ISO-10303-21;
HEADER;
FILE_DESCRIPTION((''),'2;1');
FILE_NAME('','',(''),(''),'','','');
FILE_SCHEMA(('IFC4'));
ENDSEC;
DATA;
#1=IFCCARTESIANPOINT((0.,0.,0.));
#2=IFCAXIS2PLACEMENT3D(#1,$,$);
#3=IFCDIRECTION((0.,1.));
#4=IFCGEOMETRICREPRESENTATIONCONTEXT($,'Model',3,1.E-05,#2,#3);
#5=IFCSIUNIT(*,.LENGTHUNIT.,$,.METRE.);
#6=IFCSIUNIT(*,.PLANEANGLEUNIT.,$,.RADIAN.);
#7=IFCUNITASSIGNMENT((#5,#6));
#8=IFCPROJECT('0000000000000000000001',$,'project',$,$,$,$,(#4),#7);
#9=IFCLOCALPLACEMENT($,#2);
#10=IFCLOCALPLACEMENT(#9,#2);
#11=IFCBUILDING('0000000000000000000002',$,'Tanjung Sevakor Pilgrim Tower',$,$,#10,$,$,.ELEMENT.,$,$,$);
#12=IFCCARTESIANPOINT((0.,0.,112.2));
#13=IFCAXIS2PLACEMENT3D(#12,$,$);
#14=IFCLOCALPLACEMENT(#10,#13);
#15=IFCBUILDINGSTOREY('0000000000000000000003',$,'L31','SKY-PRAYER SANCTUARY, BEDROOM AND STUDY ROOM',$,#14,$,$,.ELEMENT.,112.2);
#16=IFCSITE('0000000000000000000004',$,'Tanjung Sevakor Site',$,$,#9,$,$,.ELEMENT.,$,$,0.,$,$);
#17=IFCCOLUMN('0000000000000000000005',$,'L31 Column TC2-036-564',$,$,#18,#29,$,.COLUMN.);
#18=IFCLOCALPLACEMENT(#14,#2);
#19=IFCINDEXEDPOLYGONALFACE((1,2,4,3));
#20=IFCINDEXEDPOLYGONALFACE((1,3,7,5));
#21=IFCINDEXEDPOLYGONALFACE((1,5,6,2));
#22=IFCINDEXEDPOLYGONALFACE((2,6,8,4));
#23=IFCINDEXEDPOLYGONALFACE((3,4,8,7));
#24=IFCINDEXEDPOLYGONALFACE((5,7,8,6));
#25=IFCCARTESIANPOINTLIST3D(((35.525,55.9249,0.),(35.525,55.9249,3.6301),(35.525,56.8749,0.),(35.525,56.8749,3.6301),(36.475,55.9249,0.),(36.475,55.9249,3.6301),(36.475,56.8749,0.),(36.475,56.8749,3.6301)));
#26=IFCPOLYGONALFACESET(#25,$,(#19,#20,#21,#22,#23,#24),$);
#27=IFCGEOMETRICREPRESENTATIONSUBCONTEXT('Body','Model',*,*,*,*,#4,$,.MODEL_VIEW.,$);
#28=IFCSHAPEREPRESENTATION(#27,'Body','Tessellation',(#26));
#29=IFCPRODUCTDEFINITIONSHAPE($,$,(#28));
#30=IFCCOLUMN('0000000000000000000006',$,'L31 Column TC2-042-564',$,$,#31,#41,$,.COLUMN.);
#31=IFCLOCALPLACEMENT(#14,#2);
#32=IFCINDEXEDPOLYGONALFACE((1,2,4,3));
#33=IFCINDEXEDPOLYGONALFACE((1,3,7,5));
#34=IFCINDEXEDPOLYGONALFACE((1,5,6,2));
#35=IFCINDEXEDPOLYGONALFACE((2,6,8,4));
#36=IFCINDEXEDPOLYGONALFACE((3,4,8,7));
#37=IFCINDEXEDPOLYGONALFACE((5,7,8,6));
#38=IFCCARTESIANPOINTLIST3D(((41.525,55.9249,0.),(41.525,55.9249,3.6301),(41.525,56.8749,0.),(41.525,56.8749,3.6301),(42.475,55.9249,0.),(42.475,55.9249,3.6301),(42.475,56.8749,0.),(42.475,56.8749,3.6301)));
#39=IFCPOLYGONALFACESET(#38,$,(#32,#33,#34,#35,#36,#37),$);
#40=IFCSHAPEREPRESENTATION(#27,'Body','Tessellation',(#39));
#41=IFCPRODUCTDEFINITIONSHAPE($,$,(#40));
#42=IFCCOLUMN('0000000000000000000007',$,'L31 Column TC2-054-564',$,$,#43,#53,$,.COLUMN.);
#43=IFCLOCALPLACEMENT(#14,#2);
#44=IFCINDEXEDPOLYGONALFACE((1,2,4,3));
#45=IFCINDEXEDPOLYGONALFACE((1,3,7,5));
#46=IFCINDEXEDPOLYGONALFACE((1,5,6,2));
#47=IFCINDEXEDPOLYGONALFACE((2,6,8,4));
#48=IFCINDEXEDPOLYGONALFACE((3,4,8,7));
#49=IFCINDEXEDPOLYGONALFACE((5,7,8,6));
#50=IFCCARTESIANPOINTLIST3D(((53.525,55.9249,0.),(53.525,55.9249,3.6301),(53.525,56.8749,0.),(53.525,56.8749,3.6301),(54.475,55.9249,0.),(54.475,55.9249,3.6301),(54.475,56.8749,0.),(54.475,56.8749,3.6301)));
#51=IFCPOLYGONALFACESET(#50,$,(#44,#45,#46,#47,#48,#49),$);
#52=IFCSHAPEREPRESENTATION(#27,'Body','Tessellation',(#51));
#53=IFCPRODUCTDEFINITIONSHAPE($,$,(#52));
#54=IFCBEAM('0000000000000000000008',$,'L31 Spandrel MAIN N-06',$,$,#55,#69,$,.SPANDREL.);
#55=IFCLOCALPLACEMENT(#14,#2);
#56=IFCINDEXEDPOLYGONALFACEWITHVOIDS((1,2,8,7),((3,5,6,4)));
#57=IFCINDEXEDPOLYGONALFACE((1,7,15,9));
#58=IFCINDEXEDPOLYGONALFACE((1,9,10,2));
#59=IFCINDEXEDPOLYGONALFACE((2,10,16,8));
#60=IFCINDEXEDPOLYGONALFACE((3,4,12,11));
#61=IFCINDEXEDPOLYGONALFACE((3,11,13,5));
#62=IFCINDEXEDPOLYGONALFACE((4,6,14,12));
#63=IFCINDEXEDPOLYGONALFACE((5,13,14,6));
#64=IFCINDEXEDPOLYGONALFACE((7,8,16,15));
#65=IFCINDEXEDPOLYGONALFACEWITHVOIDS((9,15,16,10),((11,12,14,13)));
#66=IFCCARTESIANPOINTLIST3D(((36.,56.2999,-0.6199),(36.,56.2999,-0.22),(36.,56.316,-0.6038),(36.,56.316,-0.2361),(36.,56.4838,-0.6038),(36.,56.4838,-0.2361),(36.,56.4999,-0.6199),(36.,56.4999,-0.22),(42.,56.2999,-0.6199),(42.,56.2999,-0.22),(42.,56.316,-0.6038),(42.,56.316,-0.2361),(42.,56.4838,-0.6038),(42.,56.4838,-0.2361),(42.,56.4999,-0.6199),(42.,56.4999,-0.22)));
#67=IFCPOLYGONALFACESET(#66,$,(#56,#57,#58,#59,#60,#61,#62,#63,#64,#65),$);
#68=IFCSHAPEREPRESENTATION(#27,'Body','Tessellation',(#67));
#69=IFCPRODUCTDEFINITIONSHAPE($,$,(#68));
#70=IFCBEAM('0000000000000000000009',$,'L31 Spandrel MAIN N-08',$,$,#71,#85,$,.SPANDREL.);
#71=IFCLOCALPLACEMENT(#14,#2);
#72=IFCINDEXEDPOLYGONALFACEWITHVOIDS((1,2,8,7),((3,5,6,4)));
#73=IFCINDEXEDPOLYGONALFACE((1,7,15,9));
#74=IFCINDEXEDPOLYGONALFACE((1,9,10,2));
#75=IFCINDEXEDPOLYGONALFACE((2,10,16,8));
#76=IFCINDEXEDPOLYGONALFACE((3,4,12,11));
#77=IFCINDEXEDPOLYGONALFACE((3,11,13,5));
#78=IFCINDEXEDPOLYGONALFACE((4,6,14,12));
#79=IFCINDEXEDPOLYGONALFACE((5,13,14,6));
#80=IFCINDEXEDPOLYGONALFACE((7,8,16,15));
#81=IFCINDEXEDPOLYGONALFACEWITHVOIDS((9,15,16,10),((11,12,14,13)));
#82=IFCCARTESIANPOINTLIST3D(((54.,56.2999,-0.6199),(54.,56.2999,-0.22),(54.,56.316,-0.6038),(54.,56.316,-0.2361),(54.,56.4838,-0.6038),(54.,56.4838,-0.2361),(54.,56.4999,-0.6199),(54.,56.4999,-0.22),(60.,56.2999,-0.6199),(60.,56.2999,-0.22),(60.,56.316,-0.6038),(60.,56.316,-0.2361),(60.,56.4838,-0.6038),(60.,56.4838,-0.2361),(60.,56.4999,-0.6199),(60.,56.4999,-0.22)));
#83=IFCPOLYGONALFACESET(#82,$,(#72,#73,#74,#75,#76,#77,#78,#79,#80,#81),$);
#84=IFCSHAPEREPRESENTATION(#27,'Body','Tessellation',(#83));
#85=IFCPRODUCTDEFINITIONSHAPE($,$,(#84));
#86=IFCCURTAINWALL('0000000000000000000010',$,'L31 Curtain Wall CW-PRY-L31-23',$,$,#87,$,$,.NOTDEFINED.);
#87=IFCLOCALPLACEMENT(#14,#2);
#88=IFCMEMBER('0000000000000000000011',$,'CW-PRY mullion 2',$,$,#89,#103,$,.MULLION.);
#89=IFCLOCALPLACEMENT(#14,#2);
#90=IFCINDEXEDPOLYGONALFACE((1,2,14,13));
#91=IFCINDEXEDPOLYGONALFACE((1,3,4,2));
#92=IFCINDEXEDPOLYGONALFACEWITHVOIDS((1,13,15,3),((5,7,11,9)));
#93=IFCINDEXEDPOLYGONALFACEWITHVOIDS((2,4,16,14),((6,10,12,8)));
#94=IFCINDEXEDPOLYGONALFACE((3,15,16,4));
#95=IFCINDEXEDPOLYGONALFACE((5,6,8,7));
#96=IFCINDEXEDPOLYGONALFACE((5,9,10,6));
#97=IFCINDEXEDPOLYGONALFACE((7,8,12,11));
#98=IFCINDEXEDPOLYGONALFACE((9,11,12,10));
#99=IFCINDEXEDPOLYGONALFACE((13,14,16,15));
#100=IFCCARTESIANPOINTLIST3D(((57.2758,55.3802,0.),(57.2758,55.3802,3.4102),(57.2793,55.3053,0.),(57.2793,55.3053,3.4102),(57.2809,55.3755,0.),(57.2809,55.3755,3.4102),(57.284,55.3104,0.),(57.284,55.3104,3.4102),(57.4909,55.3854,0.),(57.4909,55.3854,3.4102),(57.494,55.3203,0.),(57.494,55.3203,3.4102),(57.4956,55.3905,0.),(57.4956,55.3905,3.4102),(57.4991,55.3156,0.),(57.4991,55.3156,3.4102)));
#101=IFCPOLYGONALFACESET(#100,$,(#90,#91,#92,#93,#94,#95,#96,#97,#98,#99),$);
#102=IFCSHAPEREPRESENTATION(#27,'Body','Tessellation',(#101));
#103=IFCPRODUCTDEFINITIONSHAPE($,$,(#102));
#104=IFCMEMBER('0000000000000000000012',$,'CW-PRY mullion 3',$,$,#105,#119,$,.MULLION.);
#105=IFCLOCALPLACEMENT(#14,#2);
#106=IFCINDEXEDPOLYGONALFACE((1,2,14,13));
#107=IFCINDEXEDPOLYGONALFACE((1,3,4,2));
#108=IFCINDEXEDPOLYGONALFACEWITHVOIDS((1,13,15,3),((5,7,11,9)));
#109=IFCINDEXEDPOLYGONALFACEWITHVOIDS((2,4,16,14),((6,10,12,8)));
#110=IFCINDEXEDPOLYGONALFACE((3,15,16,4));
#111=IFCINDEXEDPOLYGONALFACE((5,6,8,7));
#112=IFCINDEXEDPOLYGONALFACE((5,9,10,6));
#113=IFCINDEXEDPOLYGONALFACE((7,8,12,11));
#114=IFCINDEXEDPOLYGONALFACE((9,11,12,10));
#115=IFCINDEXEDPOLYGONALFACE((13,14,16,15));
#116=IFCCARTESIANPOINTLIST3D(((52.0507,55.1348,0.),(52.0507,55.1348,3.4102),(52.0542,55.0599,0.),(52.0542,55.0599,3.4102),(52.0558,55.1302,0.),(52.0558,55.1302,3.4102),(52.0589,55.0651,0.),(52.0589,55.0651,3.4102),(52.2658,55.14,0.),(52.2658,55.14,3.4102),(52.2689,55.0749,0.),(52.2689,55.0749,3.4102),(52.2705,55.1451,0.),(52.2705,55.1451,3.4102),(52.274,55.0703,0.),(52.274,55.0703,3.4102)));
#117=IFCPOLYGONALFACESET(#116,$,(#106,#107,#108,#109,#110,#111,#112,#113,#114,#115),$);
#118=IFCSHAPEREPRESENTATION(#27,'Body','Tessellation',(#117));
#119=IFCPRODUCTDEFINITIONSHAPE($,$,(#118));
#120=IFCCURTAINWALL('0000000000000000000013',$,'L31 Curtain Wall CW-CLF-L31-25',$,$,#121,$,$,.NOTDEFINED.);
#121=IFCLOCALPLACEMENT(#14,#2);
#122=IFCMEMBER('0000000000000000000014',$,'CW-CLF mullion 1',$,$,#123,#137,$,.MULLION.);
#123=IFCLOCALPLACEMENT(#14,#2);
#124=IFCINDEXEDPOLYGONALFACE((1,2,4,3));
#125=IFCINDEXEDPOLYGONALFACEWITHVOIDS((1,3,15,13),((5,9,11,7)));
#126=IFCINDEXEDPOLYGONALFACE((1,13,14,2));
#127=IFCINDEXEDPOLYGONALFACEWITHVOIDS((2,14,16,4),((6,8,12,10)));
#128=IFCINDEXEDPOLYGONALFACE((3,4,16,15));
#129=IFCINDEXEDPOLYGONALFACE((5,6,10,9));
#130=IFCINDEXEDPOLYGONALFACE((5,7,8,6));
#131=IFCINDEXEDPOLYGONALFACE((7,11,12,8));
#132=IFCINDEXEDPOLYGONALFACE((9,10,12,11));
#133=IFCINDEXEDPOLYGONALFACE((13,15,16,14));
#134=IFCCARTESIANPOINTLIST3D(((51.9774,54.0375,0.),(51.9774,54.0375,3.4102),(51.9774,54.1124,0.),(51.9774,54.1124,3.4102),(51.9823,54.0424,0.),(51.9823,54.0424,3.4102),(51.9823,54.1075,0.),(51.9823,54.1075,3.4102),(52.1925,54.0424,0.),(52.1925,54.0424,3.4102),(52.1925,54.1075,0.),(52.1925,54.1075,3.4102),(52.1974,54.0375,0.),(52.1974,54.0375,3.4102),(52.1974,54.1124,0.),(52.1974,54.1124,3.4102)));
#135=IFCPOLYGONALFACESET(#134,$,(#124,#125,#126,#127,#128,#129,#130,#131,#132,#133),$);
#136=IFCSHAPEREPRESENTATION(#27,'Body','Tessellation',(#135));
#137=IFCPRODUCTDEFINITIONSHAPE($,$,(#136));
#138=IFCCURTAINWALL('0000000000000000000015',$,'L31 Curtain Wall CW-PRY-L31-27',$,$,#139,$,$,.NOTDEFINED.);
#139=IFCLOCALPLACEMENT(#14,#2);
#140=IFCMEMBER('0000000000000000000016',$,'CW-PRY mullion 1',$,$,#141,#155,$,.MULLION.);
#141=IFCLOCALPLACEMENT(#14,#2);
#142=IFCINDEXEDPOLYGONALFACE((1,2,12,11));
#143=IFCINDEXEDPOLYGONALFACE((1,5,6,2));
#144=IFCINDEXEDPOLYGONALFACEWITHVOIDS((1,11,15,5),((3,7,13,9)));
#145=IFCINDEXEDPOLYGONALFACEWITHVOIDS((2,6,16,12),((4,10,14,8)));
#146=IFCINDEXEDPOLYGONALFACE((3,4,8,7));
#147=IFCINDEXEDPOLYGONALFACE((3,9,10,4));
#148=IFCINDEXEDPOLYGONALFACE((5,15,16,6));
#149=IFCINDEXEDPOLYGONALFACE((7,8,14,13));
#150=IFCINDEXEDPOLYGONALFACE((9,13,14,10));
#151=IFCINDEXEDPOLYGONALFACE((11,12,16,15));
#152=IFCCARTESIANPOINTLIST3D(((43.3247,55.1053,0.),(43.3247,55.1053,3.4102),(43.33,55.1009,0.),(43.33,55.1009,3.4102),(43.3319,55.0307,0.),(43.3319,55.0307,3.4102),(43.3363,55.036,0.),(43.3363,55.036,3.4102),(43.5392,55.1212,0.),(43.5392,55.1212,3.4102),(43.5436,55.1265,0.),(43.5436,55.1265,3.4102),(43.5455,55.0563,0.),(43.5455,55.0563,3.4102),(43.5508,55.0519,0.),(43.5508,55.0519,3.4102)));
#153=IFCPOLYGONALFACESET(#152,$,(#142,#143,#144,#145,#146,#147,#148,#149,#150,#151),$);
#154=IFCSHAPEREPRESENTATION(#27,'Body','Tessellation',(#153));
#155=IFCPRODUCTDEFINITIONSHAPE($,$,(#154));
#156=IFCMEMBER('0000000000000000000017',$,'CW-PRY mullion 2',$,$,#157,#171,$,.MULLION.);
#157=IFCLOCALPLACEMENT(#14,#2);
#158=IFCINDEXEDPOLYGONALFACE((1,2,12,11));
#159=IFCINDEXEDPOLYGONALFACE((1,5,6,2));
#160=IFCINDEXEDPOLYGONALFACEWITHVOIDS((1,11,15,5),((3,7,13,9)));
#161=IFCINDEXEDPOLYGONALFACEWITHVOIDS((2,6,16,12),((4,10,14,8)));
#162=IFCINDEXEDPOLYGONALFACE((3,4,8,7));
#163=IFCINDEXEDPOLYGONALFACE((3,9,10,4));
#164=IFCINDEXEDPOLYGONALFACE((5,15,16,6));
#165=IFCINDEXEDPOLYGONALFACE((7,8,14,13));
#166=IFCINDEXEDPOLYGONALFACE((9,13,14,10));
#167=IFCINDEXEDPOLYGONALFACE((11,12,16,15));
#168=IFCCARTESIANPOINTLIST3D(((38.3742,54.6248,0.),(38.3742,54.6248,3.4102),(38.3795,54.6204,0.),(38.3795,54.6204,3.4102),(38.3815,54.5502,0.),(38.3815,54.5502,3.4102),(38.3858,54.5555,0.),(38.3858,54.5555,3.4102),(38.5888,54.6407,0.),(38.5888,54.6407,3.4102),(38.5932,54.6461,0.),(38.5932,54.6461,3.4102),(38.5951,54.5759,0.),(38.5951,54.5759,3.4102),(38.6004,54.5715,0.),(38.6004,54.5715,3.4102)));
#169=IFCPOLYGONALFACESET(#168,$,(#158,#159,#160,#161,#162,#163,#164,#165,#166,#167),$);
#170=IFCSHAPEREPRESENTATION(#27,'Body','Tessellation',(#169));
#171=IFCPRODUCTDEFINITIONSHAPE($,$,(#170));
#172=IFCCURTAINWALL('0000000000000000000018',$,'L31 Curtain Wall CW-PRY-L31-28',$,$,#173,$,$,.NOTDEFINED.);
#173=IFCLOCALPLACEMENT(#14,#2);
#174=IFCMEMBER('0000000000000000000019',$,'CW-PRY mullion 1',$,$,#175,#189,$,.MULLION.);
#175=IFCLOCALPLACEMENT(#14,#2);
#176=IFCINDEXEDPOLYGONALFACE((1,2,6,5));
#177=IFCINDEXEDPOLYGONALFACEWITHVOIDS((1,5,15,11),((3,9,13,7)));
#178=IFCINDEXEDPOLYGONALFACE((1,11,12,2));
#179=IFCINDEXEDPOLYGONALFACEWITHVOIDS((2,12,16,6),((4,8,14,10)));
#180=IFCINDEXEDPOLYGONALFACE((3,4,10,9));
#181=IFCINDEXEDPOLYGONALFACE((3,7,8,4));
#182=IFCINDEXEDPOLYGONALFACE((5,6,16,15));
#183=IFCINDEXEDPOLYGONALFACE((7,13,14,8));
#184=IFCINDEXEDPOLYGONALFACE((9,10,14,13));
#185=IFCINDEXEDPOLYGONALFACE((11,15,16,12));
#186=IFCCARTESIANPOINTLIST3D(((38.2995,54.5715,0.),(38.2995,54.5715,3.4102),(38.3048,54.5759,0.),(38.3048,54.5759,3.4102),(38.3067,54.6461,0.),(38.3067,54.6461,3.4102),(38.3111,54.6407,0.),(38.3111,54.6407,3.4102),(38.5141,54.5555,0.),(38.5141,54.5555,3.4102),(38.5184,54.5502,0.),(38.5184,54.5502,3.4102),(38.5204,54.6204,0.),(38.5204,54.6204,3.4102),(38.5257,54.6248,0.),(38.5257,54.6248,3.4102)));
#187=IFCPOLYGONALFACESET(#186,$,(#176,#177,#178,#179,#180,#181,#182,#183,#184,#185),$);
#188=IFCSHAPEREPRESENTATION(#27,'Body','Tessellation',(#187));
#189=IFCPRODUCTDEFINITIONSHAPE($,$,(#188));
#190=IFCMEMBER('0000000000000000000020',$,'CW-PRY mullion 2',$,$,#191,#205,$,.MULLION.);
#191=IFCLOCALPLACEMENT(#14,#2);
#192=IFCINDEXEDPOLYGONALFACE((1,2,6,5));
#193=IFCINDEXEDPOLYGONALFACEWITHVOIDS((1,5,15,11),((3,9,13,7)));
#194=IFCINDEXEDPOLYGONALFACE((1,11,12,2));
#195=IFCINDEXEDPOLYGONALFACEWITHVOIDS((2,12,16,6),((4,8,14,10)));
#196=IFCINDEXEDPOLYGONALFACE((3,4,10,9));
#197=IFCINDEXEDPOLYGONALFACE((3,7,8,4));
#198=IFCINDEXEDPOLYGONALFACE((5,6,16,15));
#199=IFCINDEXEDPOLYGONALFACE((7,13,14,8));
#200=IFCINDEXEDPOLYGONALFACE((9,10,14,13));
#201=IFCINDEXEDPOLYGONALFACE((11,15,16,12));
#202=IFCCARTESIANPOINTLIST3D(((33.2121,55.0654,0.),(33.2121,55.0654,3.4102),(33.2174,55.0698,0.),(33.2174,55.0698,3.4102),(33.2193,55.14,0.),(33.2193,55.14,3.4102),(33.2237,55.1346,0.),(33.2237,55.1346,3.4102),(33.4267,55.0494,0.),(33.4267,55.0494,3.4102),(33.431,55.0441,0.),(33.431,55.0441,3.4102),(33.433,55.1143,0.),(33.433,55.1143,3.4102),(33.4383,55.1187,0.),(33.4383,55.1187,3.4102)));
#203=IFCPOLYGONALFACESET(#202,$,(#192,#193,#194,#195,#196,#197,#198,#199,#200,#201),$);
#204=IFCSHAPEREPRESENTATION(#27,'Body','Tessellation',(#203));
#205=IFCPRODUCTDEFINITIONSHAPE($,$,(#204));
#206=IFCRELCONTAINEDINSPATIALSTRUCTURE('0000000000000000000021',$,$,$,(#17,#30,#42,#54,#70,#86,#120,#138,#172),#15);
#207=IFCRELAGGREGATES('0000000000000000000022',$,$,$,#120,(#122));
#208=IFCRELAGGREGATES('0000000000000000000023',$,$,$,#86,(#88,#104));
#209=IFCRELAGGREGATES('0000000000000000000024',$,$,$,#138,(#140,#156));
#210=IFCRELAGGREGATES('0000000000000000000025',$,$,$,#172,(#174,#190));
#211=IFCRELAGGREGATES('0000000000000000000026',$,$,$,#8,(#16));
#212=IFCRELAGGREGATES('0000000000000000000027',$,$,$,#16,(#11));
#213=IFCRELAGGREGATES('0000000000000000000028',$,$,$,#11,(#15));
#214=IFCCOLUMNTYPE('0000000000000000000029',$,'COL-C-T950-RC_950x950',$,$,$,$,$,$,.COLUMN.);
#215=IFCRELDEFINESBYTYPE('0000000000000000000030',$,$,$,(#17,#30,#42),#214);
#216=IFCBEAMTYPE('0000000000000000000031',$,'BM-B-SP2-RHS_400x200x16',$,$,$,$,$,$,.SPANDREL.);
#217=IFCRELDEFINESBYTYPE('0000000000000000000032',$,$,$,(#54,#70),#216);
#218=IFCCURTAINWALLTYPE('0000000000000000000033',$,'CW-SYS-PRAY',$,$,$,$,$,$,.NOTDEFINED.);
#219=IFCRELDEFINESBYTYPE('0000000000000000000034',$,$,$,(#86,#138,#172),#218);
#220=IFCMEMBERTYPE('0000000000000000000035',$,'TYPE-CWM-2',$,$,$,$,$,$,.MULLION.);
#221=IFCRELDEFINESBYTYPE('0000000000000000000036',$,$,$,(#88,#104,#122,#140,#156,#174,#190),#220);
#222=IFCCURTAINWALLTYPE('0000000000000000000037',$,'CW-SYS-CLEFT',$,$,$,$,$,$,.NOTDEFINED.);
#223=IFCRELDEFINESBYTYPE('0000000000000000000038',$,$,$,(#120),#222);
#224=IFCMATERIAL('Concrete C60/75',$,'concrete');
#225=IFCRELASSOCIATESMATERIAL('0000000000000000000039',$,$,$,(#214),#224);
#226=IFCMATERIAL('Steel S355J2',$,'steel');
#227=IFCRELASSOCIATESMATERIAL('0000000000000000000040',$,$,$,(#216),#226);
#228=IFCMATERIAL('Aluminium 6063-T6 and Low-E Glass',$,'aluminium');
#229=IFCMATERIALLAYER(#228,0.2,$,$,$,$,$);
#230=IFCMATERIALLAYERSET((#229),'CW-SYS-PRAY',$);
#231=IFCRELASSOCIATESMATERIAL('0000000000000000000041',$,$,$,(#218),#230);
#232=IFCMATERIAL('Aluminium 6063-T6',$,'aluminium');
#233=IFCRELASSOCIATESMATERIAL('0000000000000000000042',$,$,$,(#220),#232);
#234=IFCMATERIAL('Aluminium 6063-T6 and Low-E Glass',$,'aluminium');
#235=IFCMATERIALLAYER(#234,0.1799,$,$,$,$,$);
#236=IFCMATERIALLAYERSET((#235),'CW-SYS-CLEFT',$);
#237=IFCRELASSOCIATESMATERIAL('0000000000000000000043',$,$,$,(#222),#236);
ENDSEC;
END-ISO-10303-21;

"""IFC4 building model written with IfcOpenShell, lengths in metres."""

from ifc_helpers import new_model, si_unit, direction, frame, origin, origin_2d, place, context, subcontext, project, spatial, rectangle, hollow_rectangle, extrude, material, layer, layer_set, material_profile, profile_set, type_object, element, aggregate, save


model = new_model("IFC4")

# Units and contexts
model_context = context("Model", 3, precision=1e-05, world=origin(), true_north=direction((0.0, 1.0)))
body_context = subcontext(model_context, "Body", "Model", "MODEL_VIEW")
ifc_project = project(units=[si_unit("LENGTHUNIT", "METRE"), si_unit("PLANEANGLEUNIT", "RADIAN")], contexts=[model_context])

# Site, building, storey
site_placement = place(None, origin())
site = spatial("IfcSite", under=ifc_project, at=site_placement, Name="Tanjung Sevakor Site", CompositionType="ELEMENT", RefElevation=0.0)
building_placement = place(site_placement, origin())
building = spatial("IfcBuilding", under=site, at=building_placement, Name="Tanjung Sevakor Pilgrim Tower", CompositionType="ELEMENT")
storey_placement = place(building_placement, frame((0.0, 0.0, 112.2)))
storey = spatial("IfcBuildingStorey", under=building, at=storey_placement, Name="L31", Description="SKY-PRAYER SANCTUARY, BEDROOM AND STUDY ROOM", CompositionType="ELEMENT", Elevation=112.2)

# Columns
ifc_material_1 = material(Name="Concrete C60/75", Category="concrete")
ifc_material_profile_1 = material_profile(ifc_material_1, rectangle(XDim=0.95, YDim=0.95, at=origin_2d()))
ifc_profile_set_1 = profile_set([ifc_material_profile_1], Name="Concrete C60/75")
column_type = type_object("IfcColumnType", Name="COL-C-T950-RC_950x950", PredefinedType="COLUMN", material=ifc_profile_set_1)
for number, where, z_axis, x_axis, name in (
    (1, (36.0, 56.3999, 0.0), (0.0, 0.0, 1.0), (1.0, 0.0, 0.0), "L31 Column TC2-036-564"),
    (2, (42.0, 56.3999, 0.0), (0.0, 0.0, 1.0), (1.0, 0.0, 0.0), "L31 Column TC2-042-564"),
    (3, (54.0, 56.3999, 0.0), (0.0, 0.0, 1.0), (1.0, 0.0, 0.0), "L31 Column TC2-054-564"),
):
    element("IfcColumn", number, at=place(storey_placement, frame(where, z_axis=z_axis, x_axis=x_axis)), inside=storey, type_object=column_type, Name=name, PredefinedType="COLUMN", context=body_context, shape_type="SweptSolid", body=[
        extrude(rectangle(XDim=0.95, YDim=0.95, at=origin_2d()), origin(), (0.0, 0.0, 1.0), 3.6301),
    ])

# Beams
ifc_material_2 = material(Name="Steel S355J2", Category="steel")
ifc_material_profile_2 = material_profile(ifc_material_2, hollow_rectangle(XDim=0.2, YDim=0.3999, WallThickness=0.0161, at=origin_2d()))
ifc_profile_set_2 = profile_set([ifc_material_profile_2], Name="Steel S355J2")
beam_type = type_object("IfcBeamType", Name="BM-B-SP2-RHS_400x200x16", PredefinedType="SPANDREL", material=ifc_profile_set_2)
for number, where, z_axis, x_axis, name in (
    (4, (36.0, 56.3999, -0.4199), (1.0, 0.0, 0.0), (0.0, 1.0, 0.0), "L31 Spandrel MAIN N-06"),
    (5, (54.0, 56.3999, -0.4199), (1.0, 0.0, 0.0), (0.0, 1.0, 0.0), "L31 Spandrel MAIN N-08"),
):
    element("IfcBeam", number, at=place(storey_placement, frame(where, z_axis=z_axis, x_axis=x_axis)), inside=storey, type_object=beam_type, Name=name, PredefinedType="SPANDREL", context=body_context, shape_type="SweptSolid", body=[
        extrude(hollow_rectangle(XDim=0.2, YDim=0.3999, WallThickness=0.0161, at=origin_2d()), origin(), (0.0, 0.0, 1.0), 6.0),
    ])

# Curtain wall, members
ifc_material_3 = material(Name="Aluminium 6063-T6 and Low-E Glass", Category="aluminium")
ifc_layer_1 = layer(ifc_material_3, 0.2)
ifc_layer_set_1 = layer_set([ifc_layer_1], Name="CW-SYS-PRAY")
curtain_wall_type_1 = type_object("IfcCurtainWallType", Name="CW-SYS-PRAY", PredefinedType="NOTDEFINED", material=ifc_layer_set_1)
curtain_wall_1_placement = place(storey_placement, origin())
curtain_wall_1 = element("IfcCurtainWall", 6, at=curtain_wall_1_placement, inside=storey, type_object=curtain_wall_type_1, Name="L31 Curtain Wall CW-PRY-L31-23", PredefinedType="NOTDEFINED")
ifc_material_4 = material(Name="Aluminium 6063-T6", Category="aluminium")
ifc_material_profile_3 = material_profile(ifc_material_4, hollow_rectangle(XDim=0.075, YDim=0.22, WallThickness=0.0049, at=origin_2d()))
ifc_profile_set_3 = profile_set([ifc_material_profile_3], Name="Aluminium 6063-T6")
member_type_1 = type_object("IfcMemberType", Name="TYPE-CWM-2", PredefinedType="MULLION", material=ifc_profile_set_3)
member_1_placement = place(storey_placement, frame((57.3875, 55.3479, 0.0), z_axis=(0.0, 0.0, 1.0), x_axis=(0.046903, -0.998899, 0.0)))
member_1 = element("IfcMember", 7, at=member_1_placement, type_object=member_type_1, Name="CW-PRY mullion 2", PredefinedType="MULLION", context=body_context, shape_type="SweptSolid", body=[
    extrude(hollow_rectangle(XDim=0.075, YDim=0.22, WallThickness=0.0049, at=origin_2d()), origin(), (0.0, 0.0, 1.0), 3.4102),
])
member_2_placement = place(storey_placement, frame((52.1624, 55.1025, 0.0), z_axis=(0.0, 0.0, 1.0), x_axis=(0.046903, -0.998899, 0.0)))
member_2 = element("IfcMember", 8, at=member_2_placement, type_object=member_type_1, Name="CW-PRY mullion 3", PredefinedType="MULLION", context=body_context, shape_type="SweptSolid", body=[
    extrude(hollow_rectangle(XDim=0.075, YDim=0.22, WallThickness=0.0049, at=origin_2d()), origin(), (0.0, 0.0, 1.0), 3.4102),
])

# Curtain wall, member
ifc_material_5 = material(Name="Aluminium 6063-T6 and Low-E Glass", Category="aluminium")
ifc_layer_2 = layer(ifc_material_5, 0.1799)
ifc_layer_set_2 = layer_set([ifc_layer_2], Name="CW-SYS-CLEFT")
curtain_wall_type_2 = type_object("IfcCurtainWallType", Name="CW-SYS-CLEFT", PredefinedType="NOTDEFINED", material=ifc_layer_set_2)
curtain_wall_2_placement = place(storey_placement, origin())
curtain_wall_2 = element("IfcCurtainWall", 9, at=curtain_wall_2_placement, inside=storey, type_object=curtain_wall_type_2, Name="L31 Curtain Wall CW-CLF-L31-25", PredefinedType="NOTDEFINED")
member_3_placement = place(storey_placement, frame((52.0874, 54.075, 0.0), z_axis=(0.0, 0.0, 1.0), x_axis=(0.0, -1.0, 0.0)))
member_3 = element("IfcMember", 10, at=member_3_placement, type_object=member_type_1, Name="CW-CLF mullion 1", PredefinedType="MULLION", context=body_context, shape_type="SweptSolid", body=[
    extrude(hollow_rectangle(XDim=0.075, YDim=0.22, WallThickness=0.0049, at=origin_2d()), origin(), (0.0, 0.0, 1.0), 3.4102),
])

# Curtain walls, members
curtain_wall_3_placement = place(storey_placement, origin())
curtain_wall_3 = element("IfcCurtainWall", 11, at=curtain_wall_3_placement, inside=storey, type_object=curtain_wall_type_1, Name="L31 Curtain Wall CW-PRY-L31-27", PredefinedType="NOTDEFINED")
member_4_placement = place(storey_placement, frame((43.4377, 55.0786, 0.0), z_axis=(0.0, 0.0, 1.0), x_axis=(0.09664, -0.995319, 0.0)))
member_4 = element("IfcMember", 12, at=member_4_placement, type_object=member_type_1, Name="CW-PRY mullion 1", PredefinedType="MULLION", context=body_context, shape_type="SweptSolid", body=[
    extrude(hollow_rectangle(XDim=0.075, YDim=0.22, WallThickness=0.0049, at=origin_2d()), origin(), (0.0, 0.0, 1.0), 3.4102),
])
member_5_placement = place(storey_placement, frame((38.4873, 54.5981, 0.0), z_axis=(0.0, 0.0, 1.0), x_axis=(0.09664, -0.995319, 0.0)))
member_5 = element("IfcMember", 13, at=member_5_placement, type_object=member_type_1, Name="CW-PRY mullion 2", PredefinedType="MULLION", context=body_context, shape_type="SweptSolid", body=[
    extrude(hollow_rectangle(XDim=0.075, YDim=0.22, WallThickness=0.0049, at=origin_2d()), origin(), (0.0, 0.0, 1.0), 3.4102),
])
curtain_wall_4_placement = place(storey_placement, origin())
curtain_wall_4 = element("IfcCurtainWall", 14, at=curtain_wall_4_placement, inside=storey, type_object=curtain_wall_type_1, Name="L31 Curtain Wall CW-PRY-L31-28", PredefinedType="NOTDEFINED")
member_6_placement = place(storey_placement, frame((38.4126, 54.5981, 0.0), z_axis=(0.0, 0.0, 1.0), x_axis=(-0.096638, -0.99532, 0.0)))
member_6 = element("IfcMember", 15, at=member_6_placement, type_object=member_type_1, Name="CW-PRY mullion 1", PredefinedType="MULLION", context=body_context, shape_type="SweptSolid", body=[
    extrude(hollow_rectangle(XDim=0.075, YDim=0.22, WallThickness=0.0049, at=origin_2d()), origin(), (0.0, 0.0, 1.0), 3.4102),
])
member_7_placement = place(storey_placement, frame((33.3252, 55.092, 0.0), z_axis=(0.0, 0.0, 1.0), x_axis=(-0.096638, -0.99532, 0.0)))
member_7 = element("IfcMember", 16, at=member_7_placement, type_object=member_type_1, Name="CW-PRY mullion 2", PredefinedType="MULLION", context=body_context, shape_type="SweptSolid", body=[
    extrude(hollow_rectangle(XDim=0.075, YDim=0.22, WallThickness=0.0049, at=origin_2d()), origin(), (0.0, 0.0, 1.0), 3.4102),
])

aggregate(curtain_wall_2, [member_3])

aggregate(curtain_wall_1, [member_1, member_2])
aggregate(curtain_wall_3, [member_4, member_5])
aggregate(curtain_wall_4, [member_6, member_7])

save(model, "model.ifc")
